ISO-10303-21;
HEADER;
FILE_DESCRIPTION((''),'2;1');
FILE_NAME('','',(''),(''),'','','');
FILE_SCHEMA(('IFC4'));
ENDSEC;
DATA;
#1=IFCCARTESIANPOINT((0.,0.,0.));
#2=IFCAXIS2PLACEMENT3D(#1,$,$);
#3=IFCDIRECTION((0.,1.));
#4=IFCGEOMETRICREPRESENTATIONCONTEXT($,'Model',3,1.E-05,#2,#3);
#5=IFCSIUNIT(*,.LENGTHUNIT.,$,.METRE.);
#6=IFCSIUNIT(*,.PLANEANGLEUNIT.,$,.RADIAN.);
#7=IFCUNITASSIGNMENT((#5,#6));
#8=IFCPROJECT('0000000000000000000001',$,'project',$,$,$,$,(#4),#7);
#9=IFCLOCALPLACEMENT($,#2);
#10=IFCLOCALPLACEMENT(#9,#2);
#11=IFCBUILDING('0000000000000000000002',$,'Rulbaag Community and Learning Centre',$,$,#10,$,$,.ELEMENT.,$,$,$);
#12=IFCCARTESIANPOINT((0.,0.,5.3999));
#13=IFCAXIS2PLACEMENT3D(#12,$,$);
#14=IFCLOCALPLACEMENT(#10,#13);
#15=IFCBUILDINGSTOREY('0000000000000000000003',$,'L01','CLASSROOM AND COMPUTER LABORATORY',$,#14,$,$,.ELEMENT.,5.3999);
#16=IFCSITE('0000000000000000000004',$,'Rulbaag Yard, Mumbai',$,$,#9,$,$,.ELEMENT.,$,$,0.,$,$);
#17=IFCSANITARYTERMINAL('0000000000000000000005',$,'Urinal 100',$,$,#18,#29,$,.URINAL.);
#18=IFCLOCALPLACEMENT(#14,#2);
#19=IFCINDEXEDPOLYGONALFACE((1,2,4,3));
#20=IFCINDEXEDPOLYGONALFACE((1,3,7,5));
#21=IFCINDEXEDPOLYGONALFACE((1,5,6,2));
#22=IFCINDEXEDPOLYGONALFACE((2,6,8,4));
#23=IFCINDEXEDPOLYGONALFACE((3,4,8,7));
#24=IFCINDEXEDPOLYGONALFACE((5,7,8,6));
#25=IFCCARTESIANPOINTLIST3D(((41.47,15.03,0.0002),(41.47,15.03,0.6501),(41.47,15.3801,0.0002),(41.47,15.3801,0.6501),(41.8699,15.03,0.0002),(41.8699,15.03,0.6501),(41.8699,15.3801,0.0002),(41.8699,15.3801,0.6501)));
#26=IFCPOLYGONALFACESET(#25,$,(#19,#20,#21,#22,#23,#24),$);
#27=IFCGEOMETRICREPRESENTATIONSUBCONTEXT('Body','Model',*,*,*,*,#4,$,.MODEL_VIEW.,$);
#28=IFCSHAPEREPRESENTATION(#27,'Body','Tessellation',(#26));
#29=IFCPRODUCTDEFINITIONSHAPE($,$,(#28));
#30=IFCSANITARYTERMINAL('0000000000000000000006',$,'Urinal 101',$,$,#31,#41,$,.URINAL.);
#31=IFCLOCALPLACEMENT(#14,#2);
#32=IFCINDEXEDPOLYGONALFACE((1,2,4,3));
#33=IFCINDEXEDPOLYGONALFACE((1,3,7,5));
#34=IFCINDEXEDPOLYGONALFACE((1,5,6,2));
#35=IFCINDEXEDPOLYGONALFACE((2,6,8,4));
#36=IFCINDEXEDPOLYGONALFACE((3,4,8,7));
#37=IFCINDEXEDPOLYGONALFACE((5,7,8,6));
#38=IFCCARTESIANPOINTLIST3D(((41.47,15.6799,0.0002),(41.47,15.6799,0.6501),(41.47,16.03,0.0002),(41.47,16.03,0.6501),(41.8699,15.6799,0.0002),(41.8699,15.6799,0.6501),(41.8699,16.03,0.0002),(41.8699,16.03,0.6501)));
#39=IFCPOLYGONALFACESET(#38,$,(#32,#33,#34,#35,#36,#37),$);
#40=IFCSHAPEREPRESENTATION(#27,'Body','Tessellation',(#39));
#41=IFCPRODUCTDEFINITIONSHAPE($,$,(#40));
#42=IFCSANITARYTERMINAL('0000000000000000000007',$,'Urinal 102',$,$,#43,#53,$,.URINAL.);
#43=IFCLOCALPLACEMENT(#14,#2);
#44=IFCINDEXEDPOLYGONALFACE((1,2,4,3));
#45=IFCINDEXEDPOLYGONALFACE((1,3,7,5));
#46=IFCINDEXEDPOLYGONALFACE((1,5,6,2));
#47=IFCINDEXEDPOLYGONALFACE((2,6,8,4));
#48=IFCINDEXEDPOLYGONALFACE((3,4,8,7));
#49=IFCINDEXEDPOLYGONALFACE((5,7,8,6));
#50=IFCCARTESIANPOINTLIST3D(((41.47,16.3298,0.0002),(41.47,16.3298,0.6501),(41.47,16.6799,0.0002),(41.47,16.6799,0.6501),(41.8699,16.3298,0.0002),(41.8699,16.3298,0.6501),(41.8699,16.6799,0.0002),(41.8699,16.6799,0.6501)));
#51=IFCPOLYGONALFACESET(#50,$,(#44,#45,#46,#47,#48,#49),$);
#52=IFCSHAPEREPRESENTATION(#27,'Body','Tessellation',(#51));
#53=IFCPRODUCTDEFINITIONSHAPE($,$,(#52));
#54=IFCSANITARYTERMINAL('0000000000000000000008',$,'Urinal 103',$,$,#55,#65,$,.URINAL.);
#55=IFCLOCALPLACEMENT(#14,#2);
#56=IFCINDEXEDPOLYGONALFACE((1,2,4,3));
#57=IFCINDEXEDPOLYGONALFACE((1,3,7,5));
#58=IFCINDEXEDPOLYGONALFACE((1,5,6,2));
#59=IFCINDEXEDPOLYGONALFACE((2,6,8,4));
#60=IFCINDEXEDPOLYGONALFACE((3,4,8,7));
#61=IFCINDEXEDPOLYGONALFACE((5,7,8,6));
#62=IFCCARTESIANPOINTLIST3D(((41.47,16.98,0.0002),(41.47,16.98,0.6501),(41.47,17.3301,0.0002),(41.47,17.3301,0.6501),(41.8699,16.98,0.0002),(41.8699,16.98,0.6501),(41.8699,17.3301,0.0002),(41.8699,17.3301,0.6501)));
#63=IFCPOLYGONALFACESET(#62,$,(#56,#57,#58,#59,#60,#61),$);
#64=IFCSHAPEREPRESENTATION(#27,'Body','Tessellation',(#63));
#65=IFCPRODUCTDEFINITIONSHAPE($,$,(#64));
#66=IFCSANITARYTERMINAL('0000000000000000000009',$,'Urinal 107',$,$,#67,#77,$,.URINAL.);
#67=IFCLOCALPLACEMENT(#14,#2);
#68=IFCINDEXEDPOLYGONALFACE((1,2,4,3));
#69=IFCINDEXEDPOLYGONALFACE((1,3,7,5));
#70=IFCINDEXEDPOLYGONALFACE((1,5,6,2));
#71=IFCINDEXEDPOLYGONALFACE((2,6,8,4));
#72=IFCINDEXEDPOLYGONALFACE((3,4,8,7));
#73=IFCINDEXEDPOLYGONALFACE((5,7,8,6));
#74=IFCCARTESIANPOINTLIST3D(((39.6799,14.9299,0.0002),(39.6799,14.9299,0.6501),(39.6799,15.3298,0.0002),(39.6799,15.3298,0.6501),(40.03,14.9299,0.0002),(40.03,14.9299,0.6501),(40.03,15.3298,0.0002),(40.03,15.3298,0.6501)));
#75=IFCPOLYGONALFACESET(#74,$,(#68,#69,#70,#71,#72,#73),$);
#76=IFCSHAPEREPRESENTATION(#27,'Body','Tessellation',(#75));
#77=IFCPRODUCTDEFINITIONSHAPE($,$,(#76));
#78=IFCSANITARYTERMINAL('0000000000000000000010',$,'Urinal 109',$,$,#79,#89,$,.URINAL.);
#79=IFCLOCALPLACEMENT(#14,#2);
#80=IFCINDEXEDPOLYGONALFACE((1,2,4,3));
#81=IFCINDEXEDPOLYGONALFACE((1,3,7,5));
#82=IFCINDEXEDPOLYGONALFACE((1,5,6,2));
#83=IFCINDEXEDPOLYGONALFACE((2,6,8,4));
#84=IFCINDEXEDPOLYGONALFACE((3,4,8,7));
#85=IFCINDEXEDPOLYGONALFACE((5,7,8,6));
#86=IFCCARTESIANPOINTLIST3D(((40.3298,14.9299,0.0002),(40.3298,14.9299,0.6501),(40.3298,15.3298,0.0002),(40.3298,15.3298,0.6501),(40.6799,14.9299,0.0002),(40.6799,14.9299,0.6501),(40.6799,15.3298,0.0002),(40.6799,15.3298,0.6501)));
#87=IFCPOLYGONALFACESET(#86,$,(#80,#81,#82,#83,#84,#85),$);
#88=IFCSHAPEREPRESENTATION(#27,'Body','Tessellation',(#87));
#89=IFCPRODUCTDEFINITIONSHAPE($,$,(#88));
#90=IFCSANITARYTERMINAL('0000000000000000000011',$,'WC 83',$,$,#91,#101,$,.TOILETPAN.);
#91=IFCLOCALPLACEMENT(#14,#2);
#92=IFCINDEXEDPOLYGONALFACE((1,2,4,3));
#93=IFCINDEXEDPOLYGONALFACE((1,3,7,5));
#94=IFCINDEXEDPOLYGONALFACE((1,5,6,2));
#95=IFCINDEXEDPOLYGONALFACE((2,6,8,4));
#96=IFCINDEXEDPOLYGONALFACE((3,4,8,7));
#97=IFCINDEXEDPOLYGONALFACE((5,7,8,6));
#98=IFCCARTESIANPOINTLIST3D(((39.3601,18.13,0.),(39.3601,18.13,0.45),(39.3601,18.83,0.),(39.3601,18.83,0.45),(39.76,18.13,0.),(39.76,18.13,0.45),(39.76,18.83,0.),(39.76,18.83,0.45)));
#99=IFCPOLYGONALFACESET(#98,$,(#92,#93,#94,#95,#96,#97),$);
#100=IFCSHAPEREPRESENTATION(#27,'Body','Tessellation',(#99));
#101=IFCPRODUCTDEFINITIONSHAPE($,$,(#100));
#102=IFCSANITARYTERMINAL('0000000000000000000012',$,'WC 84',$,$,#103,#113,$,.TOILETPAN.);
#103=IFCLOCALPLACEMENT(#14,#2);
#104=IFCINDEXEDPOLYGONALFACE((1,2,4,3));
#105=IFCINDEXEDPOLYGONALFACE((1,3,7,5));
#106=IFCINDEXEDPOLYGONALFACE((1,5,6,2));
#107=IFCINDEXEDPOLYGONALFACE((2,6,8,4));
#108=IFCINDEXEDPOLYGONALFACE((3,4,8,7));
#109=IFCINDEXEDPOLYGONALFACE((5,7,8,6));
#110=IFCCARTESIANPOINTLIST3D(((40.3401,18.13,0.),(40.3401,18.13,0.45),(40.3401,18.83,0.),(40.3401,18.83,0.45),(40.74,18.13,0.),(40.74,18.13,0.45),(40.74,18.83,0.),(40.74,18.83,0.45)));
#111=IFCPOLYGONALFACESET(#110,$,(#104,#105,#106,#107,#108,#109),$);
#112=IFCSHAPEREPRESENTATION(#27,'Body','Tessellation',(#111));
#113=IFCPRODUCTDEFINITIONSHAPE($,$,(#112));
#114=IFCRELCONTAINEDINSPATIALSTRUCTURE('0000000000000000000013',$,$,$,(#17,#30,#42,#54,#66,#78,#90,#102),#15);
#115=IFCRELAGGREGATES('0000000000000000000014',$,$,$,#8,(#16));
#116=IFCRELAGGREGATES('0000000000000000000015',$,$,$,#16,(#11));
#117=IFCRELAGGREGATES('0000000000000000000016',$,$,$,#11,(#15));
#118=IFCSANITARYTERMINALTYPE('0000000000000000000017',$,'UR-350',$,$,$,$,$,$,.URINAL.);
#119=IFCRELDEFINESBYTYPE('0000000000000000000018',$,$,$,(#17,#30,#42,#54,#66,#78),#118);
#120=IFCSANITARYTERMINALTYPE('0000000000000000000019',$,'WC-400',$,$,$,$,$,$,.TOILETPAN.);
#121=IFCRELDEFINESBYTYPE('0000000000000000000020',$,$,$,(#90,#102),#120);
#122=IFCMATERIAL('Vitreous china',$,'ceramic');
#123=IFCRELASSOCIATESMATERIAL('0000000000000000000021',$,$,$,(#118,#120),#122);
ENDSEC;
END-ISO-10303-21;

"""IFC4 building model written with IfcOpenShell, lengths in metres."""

from ifc_helpers import new_model, si_unit, direction, frame, origin, origin_2d, place, context, subcontext, project, spatial, rectangle, extrude, material, type_object, element, save


model = new_model("IFC4")

# Units and contexts
model_context = context("Model", 3, precision=1e-05, world=origin(), true_north=direction((0.0, 1.0)))
body_context = subcontext(model_context, "Body", "Model", "MODEL_VIEW")
ifc_project = project(units=[si_unit("LENGTHUNIT", "METRE"), si_unit("PLANEANGLEUNIT", "RADIAN")], contexts=[model_context])

# Site, building, storey
site_placement = place(None, origin())
site = spatial("IfcSite", under=ifc_project, at=site_placement, Name="Rulbaag Yard, Mumbai", CompositionType="ELEMENT", RefElevation=0.0)
building_placement = place(site_placement, origin())
building = spatial("IfcBuilding", under=site, at=building_placement, Name="Rulbaag Community and Learning Centre", CompositionType="ELEMENT")
storey_placement = place(building_placement, frame((0.0, 0.0, 5.3999)))
storey = spatial("IfcBuildingStorey", under=building, at=storey_placement, Name="L01", Description="CLASSROOM AND COMPUTER LABORATORY", CompositionType="ELEMENT", Elevation=5.3999)

# Sanitary terminals
ifc_material_1 = material(Name="Vitreous china", Category="ceramic")
sanitary_terminal_type_1 = type_object("IfcSanitaryTerminalType", Name="UR-350", PredefinedType="URINAL", material=ifc_material_1)
for number, where, z_axis, x_axis, name in (
    (1, (41.6699, 15.2051, 0.0002), (0.0, 0.0, 1.0), (1.0, 0.0, 0.0), "Urinal 100"),
    (2, (41.6699, 15.855, 0.0002), (0.0, 0.0, 1.0), (1.0, 0.0, 0.0), "Urinal 101"),
    (3, (41.6699, 16.5049, 0.0002), (0.0, 0.0, 1.0), (1.0, 0.0, 0.0), "Urinal 102"),
    (4, (41.6699, 17.155, 0.0002), (0.0, 0.0, 1.0), (1.0, 0.0, 0.0), "Urinal 103"),
):
    element("IfcSanitaryTerminal", number, at=place(storey_placement, frame(where, z_axis=z_axis, x_axis=x_axis)), inside=storey, type_object=sanitary_terminal_type_1, Name=name, PredefinedType="URINAL", context=body_context, shape_type="SweptSolid", body=[
        extrude(rectangle(XDim=0.3999, YDim=0.3501, at=origin_2d()), origin(), (0.0, 0.0, 1.0), 0.6499),
    ])
for number, where, z_axis, x_axis, name in (
    (5, (39.855, 15.1299, 0.0002), (0.0, 0.0, 1.0), (1.0, 0.0, 0.0), "Urinal 107"),
    (6, (40.5049, 15.1299, 0.0002), (0.0, 0.0, 1.0), (1.0, 0.0, 0.0), "Urinal 109"),
):
    element("IfcSanitaryTerminal", number, at=place(storey_placement, frame(where, z_axis=z_axis, x_axis=x_axis)), inside=storey, type_object=sanitary_terminal_type_1, Name=name, PredefinedType="URINAL", context=body_context, shape_type="SweptSolid", body=[
        extrude(rectangle(XDim=0.3501, YDim=0.3999, at=origin_2d()), origin(), (0.0, 0.0, 1.0), 0.6499),
    ])
sanitary_terminal_type_2 = type_object("IfcSanitaryTerminalType", Name="WC-400", PredefinedType="TOILETPAN", material=ifc_material_1)
for number, where, z_axis, x_axis, name in (
    (7, (39.5601, 18.48, 0.0), (0.0, 0.0, 1.0), (1.0, 0.0, 0.0), "WC 83"),
    (8, (40.54, 18.48, 0.0), (0.0, 0.0, 1.0), (1.0, 0.0, 0.0), "WC 84"),
):
    element("IfcSanitaryTerminal", number, at=place(storey_placement, frame(where, z_axis=z_axis, x_axis=x_axis)), inside=storey, type_object=sanitary_terminal_type_2, Name=name, PredefinedType="TOILETPAN", context=body_context, shape_type="SweptSolid", body=[
        extrude(rectangle(XDim=0.3999, YDim=0.7, at=origin_2d()), origin(), (0.0, 0.0, 1.0), 0.45),
    ])

save(model, "model.ifc")
